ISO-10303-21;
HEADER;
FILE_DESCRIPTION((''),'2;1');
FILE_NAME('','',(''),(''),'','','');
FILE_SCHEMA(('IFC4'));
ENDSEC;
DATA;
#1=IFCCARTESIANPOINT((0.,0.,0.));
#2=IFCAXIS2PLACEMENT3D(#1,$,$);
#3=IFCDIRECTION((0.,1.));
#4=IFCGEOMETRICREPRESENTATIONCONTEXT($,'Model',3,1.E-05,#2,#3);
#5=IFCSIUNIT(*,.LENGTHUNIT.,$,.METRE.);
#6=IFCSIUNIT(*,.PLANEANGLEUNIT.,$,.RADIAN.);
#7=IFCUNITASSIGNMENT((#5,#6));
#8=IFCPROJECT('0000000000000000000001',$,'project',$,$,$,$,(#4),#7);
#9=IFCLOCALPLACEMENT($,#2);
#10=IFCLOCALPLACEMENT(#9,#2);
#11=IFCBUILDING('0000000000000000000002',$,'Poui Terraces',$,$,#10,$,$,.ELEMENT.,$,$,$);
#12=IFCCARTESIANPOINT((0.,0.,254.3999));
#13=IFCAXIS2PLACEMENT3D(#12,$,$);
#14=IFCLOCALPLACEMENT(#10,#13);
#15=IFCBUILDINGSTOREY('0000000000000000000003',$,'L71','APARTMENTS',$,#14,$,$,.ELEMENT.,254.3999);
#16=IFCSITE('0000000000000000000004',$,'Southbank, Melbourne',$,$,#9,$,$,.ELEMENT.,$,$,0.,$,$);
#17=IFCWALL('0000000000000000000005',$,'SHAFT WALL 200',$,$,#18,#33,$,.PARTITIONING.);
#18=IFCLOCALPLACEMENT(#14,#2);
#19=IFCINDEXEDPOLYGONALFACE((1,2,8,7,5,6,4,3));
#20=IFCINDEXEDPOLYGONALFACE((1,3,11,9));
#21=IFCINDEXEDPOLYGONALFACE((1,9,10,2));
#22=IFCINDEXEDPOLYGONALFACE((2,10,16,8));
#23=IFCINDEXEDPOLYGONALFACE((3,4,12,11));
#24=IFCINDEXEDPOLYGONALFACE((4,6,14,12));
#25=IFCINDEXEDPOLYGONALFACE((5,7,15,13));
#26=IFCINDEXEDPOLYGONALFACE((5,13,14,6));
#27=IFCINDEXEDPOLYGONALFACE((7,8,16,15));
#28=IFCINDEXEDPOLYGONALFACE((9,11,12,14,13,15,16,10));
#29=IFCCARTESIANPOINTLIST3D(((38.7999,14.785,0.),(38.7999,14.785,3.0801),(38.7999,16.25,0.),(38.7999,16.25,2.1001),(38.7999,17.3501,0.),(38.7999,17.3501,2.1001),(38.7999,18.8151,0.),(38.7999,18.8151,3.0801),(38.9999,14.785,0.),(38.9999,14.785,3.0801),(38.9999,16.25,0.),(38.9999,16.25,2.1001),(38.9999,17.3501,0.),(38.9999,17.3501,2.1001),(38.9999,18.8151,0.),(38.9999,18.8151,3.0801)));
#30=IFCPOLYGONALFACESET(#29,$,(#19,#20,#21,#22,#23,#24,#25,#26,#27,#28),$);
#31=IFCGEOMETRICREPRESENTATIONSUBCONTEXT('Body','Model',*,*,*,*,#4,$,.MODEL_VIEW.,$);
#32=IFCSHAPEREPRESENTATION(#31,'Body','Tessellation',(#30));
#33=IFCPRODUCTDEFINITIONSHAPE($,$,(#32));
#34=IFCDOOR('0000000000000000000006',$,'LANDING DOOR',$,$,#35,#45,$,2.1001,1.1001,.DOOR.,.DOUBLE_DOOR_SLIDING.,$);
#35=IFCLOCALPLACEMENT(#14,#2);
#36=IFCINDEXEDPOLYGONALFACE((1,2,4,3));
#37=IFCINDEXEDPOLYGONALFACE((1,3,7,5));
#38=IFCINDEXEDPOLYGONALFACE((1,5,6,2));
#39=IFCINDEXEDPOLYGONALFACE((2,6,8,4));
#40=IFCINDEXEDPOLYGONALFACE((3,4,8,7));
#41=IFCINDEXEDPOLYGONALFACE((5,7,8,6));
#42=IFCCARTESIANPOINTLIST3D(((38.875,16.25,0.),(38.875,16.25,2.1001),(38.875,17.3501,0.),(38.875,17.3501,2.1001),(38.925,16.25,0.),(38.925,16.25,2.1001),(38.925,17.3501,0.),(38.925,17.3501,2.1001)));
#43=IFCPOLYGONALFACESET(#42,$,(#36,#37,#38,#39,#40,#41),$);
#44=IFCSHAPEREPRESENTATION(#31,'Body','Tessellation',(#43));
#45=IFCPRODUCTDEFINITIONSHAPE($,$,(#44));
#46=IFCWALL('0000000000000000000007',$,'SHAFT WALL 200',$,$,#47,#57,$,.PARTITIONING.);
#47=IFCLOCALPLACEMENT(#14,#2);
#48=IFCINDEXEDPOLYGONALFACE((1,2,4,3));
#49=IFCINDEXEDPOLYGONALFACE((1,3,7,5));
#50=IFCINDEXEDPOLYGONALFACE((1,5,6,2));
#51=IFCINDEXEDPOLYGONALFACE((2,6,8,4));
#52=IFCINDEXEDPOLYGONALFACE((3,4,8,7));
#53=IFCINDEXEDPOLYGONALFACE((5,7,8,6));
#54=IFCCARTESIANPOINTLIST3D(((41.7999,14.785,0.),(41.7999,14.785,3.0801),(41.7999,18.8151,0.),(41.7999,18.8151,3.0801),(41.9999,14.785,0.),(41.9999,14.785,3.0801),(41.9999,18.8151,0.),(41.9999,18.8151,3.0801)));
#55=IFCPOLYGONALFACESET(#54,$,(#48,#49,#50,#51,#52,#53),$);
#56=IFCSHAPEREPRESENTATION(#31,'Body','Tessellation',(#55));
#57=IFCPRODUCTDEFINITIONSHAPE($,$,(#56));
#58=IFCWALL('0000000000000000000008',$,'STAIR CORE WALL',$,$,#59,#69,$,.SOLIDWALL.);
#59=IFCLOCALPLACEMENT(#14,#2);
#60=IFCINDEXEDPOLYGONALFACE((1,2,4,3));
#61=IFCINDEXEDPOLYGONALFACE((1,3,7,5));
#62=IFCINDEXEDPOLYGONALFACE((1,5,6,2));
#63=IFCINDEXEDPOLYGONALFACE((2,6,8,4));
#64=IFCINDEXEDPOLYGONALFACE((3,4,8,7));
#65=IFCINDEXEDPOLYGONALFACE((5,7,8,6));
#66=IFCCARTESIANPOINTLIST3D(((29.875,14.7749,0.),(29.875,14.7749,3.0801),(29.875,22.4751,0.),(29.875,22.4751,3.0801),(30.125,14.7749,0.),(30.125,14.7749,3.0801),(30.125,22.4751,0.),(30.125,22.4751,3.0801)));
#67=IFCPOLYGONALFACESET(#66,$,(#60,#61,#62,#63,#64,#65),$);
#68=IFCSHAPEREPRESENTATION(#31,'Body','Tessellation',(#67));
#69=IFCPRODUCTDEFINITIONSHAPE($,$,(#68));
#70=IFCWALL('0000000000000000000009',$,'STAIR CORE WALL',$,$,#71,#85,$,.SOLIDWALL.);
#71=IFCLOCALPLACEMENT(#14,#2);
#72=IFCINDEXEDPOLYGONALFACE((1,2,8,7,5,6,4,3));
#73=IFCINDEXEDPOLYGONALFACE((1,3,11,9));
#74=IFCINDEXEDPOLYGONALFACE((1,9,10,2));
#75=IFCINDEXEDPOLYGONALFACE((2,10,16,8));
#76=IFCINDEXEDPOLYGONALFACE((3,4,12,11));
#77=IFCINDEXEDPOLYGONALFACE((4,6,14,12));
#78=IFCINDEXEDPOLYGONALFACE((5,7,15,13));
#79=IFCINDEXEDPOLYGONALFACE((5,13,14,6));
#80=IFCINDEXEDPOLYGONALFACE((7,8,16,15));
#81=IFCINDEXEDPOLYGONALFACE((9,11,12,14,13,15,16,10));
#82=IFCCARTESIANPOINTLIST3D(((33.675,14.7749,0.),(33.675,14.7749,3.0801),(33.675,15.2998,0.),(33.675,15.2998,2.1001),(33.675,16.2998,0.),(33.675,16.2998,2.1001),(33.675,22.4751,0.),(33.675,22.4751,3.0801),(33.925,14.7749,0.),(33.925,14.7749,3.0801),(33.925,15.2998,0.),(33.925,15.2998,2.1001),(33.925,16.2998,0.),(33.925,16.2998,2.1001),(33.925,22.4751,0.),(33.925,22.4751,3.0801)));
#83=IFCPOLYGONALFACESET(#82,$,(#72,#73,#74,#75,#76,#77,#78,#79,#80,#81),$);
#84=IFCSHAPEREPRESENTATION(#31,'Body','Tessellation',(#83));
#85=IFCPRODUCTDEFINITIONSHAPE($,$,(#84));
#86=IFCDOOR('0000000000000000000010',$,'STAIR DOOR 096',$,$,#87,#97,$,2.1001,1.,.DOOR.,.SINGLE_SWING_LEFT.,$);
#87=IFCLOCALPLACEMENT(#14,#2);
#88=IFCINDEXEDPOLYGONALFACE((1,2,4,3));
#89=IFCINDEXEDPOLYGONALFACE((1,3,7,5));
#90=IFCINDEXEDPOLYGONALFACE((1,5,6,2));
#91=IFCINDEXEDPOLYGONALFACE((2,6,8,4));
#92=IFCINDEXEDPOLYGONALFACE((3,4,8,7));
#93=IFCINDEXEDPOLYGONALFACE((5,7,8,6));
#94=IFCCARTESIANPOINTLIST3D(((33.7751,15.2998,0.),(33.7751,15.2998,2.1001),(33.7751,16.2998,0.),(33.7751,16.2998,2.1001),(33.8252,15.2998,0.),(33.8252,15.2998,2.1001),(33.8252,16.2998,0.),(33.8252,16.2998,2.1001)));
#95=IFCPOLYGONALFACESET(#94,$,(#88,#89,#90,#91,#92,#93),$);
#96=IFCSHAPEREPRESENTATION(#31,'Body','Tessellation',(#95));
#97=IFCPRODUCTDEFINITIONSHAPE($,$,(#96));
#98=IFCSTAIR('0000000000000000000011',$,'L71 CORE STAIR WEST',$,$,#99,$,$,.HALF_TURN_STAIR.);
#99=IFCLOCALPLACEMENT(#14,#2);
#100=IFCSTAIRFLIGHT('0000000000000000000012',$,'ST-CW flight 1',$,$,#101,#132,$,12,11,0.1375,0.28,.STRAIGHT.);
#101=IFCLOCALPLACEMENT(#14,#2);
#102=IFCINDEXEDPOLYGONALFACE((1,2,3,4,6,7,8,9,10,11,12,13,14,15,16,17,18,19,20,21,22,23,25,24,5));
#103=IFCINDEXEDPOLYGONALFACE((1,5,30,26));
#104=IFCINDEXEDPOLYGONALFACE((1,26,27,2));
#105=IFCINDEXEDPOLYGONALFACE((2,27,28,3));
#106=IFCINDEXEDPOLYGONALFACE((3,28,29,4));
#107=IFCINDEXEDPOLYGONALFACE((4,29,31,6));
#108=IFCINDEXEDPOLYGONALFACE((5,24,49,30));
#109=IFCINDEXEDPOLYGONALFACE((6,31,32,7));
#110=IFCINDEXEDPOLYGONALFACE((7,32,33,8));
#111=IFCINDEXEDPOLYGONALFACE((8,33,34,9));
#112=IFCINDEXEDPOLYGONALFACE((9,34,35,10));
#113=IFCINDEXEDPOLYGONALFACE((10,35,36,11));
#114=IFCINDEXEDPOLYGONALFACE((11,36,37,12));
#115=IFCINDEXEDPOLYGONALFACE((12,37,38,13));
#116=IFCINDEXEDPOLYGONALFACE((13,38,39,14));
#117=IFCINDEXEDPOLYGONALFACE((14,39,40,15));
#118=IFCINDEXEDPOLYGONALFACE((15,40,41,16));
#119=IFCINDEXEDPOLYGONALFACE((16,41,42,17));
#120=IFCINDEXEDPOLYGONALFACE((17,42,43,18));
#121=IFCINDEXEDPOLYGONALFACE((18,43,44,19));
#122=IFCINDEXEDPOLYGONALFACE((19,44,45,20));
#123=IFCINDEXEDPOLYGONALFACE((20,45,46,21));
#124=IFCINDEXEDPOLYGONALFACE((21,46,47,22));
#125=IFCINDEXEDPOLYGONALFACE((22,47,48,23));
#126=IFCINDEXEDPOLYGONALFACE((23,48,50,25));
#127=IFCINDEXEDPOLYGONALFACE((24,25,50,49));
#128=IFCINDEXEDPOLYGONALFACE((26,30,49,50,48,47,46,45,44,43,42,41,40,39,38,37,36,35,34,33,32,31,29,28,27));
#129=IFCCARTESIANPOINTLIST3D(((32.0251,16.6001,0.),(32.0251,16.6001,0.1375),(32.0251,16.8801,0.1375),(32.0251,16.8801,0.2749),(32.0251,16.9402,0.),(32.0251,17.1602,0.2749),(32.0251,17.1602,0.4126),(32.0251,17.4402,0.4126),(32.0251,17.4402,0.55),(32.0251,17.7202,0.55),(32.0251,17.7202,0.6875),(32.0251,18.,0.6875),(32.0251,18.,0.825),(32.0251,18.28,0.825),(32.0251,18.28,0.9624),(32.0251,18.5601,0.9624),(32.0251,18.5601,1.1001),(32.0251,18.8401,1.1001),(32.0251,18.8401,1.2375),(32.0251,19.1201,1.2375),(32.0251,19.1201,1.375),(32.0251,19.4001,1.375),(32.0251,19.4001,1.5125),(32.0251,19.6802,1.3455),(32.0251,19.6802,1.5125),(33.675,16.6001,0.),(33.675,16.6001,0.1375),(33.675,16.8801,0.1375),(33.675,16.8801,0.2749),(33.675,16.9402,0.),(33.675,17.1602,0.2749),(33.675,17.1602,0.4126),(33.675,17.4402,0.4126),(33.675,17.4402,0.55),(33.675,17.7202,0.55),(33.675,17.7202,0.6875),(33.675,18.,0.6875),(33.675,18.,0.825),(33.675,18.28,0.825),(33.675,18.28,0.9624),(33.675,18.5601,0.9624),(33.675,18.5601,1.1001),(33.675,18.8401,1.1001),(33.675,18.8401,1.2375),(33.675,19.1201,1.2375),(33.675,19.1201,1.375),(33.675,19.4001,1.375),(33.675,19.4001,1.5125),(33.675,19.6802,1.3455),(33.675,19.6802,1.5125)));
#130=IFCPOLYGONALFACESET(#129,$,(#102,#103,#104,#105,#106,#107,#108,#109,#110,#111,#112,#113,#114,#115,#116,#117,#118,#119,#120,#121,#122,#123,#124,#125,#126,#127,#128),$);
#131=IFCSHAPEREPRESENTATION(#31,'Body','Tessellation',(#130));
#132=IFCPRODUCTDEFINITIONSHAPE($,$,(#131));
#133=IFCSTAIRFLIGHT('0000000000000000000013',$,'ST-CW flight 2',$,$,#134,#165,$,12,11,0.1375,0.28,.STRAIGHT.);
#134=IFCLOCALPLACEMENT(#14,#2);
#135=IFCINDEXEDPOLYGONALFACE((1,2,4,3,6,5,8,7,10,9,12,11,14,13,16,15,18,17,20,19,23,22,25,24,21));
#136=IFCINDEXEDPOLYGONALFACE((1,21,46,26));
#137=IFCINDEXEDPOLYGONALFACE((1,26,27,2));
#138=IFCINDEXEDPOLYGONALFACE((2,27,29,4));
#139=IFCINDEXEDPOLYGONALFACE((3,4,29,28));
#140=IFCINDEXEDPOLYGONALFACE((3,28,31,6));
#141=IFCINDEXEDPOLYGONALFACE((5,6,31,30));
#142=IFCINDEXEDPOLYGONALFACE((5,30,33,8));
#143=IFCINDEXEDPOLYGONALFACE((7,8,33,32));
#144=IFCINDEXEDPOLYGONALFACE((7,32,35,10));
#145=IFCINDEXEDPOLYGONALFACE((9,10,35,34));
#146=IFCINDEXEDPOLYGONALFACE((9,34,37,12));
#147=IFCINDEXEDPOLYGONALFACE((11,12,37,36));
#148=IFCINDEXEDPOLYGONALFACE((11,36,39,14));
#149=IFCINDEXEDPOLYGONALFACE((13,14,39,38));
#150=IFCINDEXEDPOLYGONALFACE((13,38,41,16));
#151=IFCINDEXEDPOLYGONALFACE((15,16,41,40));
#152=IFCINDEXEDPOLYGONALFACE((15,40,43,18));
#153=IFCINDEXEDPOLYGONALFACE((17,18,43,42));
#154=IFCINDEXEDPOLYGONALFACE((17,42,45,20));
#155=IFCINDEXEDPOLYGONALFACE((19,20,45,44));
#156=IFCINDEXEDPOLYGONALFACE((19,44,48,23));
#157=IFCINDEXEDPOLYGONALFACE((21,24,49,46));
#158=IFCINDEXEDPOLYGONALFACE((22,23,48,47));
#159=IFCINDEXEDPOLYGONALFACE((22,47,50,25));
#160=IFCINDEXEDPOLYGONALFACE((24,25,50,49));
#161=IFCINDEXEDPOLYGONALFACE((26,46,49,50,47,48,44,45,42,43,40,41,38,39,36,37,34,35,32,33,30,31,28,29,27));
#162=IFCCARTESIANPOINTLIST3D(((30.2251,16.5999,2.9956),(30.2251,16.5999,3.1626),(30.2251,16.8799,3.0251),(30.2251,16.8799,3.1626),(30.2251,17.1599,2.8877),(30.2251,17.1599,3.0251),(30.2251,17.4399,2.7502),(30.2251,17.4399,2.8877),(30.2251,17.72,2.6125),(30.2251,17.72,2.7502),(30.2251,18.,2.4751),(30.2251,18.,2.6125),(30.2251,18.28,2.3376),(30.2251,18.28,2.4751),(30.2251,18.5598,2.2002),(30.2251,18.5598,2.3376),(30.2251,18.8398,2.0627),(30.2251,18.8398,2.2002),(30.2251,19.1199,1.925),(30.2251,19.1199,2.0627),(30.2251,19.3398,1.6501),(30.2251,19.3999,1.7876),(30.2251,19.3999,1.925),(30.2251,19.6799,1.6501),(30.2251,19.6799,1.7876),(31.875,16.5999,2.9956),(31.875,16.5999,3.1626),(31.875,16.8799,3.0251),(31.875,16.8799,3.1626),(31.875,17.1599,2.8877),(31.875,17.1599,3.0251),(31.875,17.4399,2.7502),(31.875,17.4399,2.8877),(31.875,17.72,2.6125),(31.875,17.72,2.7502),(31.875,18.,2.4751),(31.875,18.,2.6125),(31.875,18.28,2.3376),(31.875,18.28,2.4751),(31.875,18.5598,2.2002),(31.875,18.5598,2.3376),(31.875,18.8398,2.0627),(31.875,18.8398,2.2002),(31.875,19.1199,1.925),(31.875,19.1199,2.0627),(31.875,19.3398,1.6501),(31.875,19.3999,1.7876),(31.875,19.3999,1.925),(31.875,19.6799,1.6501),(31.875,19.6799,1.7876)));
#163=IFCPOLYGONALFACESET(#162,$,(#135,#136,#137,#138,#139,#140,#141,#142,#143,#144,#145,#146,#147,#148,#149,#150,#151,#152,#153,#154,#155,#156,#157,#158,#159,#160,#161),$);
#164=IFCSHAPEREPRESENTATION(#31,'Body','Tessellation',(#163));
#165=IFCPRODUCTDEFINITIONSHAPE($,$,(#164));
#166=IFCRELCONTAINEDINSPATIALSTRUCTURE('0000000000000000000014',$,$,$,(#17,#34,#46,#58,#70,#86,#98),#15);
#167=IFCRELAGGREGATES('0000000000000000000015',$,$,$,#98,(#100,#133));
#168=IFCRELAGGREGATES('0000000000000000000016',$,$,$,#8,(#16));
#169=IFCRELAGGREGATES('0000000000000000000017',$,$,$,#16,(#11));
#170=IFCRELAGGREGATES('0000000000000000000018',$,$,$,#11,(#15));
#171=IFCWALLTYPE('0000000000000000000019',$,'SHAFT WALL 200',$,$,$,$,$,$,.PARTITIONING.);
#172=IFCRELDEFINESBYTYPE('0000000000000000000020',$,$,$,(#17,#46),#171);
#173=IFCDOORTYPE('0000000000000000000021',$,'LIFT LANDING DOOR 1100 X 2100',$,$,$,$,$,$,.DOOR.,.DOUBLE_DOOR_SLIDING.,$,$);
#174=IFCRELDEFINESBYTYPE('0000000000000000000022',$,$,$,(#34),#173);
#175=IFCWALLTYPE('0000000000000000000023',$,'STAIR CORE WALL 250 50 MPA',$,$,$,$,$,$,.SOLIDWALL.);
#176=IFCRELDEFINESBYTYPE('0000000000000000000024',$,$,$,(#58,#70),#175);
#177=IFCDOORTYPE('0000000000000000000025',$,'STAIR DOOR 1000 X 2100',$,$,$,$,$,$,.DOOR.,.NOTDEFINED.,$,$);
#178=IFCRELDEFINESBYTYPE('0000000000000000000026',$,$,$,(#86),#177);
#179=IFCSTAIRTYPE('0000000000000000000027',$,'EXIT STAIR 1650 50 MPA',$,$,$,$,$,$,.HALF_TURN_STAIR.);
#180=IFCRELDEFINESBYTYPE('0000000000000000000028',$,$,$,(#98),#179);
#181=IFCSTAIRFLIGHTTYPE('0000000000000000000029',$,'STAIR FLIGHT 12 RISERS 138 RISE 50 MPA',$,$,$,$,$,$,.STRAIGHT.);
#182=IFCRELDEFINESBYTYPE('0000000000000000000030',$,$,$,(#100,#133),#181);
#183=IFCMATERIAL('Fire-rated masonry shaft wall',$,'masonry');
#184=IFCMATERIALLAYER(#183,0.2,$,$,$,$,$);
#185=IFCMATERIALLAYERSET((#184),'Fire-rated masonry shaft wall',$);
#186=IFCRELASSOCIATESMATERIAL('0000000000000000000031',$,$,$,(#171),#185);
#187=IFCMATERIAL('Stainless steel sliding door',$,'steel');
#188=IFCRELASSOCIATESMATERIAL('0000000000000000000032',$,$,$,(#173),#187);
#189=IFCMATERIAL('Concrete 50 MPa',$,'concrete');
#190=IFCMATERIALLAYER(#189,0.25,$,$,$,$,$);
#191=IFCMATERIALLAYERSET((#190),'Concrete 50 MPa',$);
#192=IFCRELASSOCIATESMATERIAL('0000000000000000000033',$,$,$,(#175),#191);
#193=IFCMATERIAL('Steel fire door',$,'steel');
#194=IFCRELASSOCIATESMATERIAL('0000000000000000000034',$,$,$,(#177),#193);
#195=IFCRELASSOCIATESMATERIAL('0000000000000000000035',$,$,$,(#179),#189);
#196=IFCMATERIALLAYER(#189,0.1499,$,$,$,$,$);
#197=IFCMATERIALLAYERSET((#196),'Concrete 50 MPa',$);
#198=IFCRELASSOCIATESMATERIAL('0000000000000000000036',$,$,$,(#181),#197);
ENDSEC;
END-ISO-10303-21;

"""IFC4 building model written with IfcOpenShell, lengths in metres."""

from ifc_helpers import new_model, si_unit, direction, frame, frame_2d, origin, place, context, subcontext, project, spatial, polyline, rectangle, outline, extrude, material, layer, layer_set, type_object, element, fill, aggregate, save


model = new_model("IFC4")

# Units and contexts
model_context = context("Model", 3, precision=1e-05, world=origin(), true_north=direction((0.0, 1.0)))
body_context = subcontext(model_context, "Body", "Model", "MODEL_VIEW")
ifc_project = project(units=[si_unit("LENGTHUNIT", "METRE"), si_unit("PLANEANGLEUNIT", "RADIAN")], contexts=[model_context])

# Site, building, storey
site_placement = place(None, origin())
site = spatial("IfcSite", under=ifc_project, at=site_placement, Name="Southbank, Melbourne", CompositionType="ELEMENT", RefElevation=0.0)
building_placement = place(site_placement, origin())
building = spatial("IfcBuilding", under=site, at=building_placement, Name="Poui Terraces", CompositionType="ELEMENT")
storey_placement = place(building_placement, frame((0.0, 0.0, 254.3999)))
storey = spatial("IfcBuildingStorey", under=building, at=storey_placement, Name="L71", Description="APARTMENTS", CompositionType="ELEMENT", Elevation=254.3999)

# Shared definitions
ifc_material_1 = material(Name="Concrete 50 MPa", Category="concrete")

# Shared definitions
ifc_material_2 = material(Name="Steel fire door", Category="steel")

# Wall, opening, door
ifc_material_3 = material(Name="Fire-rated masonry shaft wall", Category="masonry")
ifc_layer_1 = layer(ifc_material_3, 0.2)
ifc_layer_set_1 = layer_set([ifc_layer_1], Name="Fire-rated masonry shaft wall")
wall_type_1 = type_object("IfcWallType", Name="SHAFT WALL 200", PredefinedType="PARTITIONING", material=ifc_layer_set_1)
wall_1_placement = place(storey_placement, frame((38.8999, 14.7849, 0.0), z_axis=(0.0, 0.0, 1.0), x_axis=(0.0, 1.0, 0.0)))
wall_1 = element("IfcWall", 1, at=wall_1_placement, inside=storey, type_object=wall_type_1, Name="SHAFT WALL 200", PredefinedType="PARTITIONING", context=body_context, shape_type="SweptSolid", body=[
    extrude(rectangle(XDim=4.03, YDim=0.2, at=frame_2d((2.0151, 0.0))), origin(), (0.0, 0.0, 1.0), 3.0801),
])
opening_1_placement = place(wall_1_placement, frame((1.4651, 0.0, 0.0)))
opening_1 = element("IfcOpeningElement", 2, at=opening_1_placement, cuts=wall_1, PredefinedType="OPENING", context=body_context, shape_type="SweptSolid", body=[
    extrude(rectangle(XDim=1.1001, YDim=2.1001, at=frame_2d((0.55, 1.05))), frame((0.0, 0.1099, 0.0), z_axis=(0.0, -1.0, 0.0), x_axis=(1.0, 0.0, 0.0)), (0.0, 0.0, 1.0), 0.22),
])
ifc_material_4 = material(Name="Stainless steel sliding door", Category="steel")
door_type_1 = type_object("IfcDoorType", Name="LIFT LANDING DOOR 1100 X 2100", OperationType="DOUBLE_DOOR_SLIDING", PredefinedType="DOOR", material=ifc_material_4)
door_1_placement = place(opening_1_placement, origin())
door_1 = element("IfcDoor", 3, at=door_1_placement, inside=storey, type_object=door_type_1, Name="LANDING DOOR", OperationType="DOUBLE_DOOR_SLIDING", OverallHeight=2.1001, OverallWidth=1.1001, PredefinedType="DOOR", context=body_context, shape_type="SweptSolid", body=[
    extrude(rectangle(XDim=1.1001, YDim=2.1001, at=frame_2d((0.55, 1.05))), frame((0.0, 0.0249, 0.0), z_axis=(0.0, -1.0, 0.0), x_axis=(1.0, 0.0, 0.0)), (0.0, 0.0, 1.0), 0.05),
])
fill(opening_1, door_1)

# Walls
wall_2_placement = place(storey_placement, frame((41.8999, 14.7849, 0.0), z_axis=(0.0, 0.0, 1.0), x_axis=(0.0, 1.0, 0.0)))
element("IfcWall", 4, at=wall_2_placement, inside=storey, type_object=wall_type_1, Name="SHAFT WALL 200", PredefinedType="PARTITIONING", context=body_context, shape_type="SweptSolid", body=[
    extrude(rectangle(XDim=4.03, YDim=0.2, at=frame_2d((2.0151, 0.0))), origin(), (0.0, 0.0, 1.0), 3.0801),
])
ifc_layer_2 = layer(ifc_material_1, 0.25)
ifc_layer_set_2 = layer_set([ifc_layer_2], Name="Concrete 50 MPa")
wall_type_2 = type_object("IfcWallType", Name="STAIR CORE WALL 250 50 MPA", PredefinedType="SOLIDWALL", material=ifc_layer_set_2)
wall_3_placement = place(storey_placement, frame((30.0, 14.7749, 0.0), z_axis=(0.0, 0.0, 1.0), x_axis=(0.0, 1.0, 0.0)))
element("IfcWall", 5, at=wall_3_placement, inside=storey, type_object=wall_type_2, Name="STAIR CORE WALL", PredefinedType="SOLIDWALL", context=body_context, shape_type="SweptSolid", body=[
    extrude(rectangle(XDim=7.7002, YDim=0.25, at=frame_2d((3.8501, 0.0))), origin(), (0.0, 0.0, 1.0), 3.0801),
])

# Wall, opening, door
wall_4_placement = place(storey_placement, frame((33.8, 14.7749, 0.0), z_axis=(0.0, 0.0, 1.0), x_axis=(0.0, 1.0, 0.0)))
wall_4 = element("IfcWall", 6, at=wall_4_placement, inside=storey, type_object=wall_type_2, Name="STAIR CORE WALL", PredefinedType="SOLIDWALL", context=body_context, shape_type="SweptSolid", body=[
    extrude(rectangle(XDim=7.7002, YDim=0.25, at=frame_2d((3.8501, 0.0))), origin(), (0.0, 0.0, 1.0), 3.0801),
])
opening_2_placement = place(wall_4_placement, frame((0.5249, 0.0, 0.0)))
opening_2 = element("IfcOpeningElement", 7, at=opening_2_placement, cuts=wall_4, PredefinedType="OPENING", context=body_context, shape_type="SweptSolid", body=[
    extrude(rectangle(XDim=1.0, YDim=2.1001, at=frame_2d((0.5, 1.05))), frame((0.0, 0.135, 0.0), z_axis=(0.0, -1.0, 0.0), x_axis=(1.0, 0.0, 0.0)), (0.0, 0.0, 1.0), 0.27),
])
door_type_2 = type_object("IfcDoorType", Name="STAIR DOOR 1000 X 2100", OperationType="NOTDEFINED", PredefinedType="DOOR", material=ifc_material_2)
door_2_placement = place(opening_2_placement, origin())
door_2 = element("IfcDoor", 8, at=door_2_placement, inside=storey, type_object=door_type_2, Name="STAIR DOOR 096", OperationType="SINGLE_SWING_LEFT", OverallHeight=2.1001, OverallWidth=1.0, PredefinedType="DOOR", context=body_context, shape_type="SweptSolid", body=[
    extrude(rectangle(XDim=1.0, YDim=2.1001, at=frame_2d((0.5, 1.05))), frame((0.0, 0.0249, 0.0), z_axis=(0.0, -1.0, 0.0), x_axis=(1.0, 0.0, 0.0)), (0.0, 0.0, 1.0), 0.05),
])
fill(opening_2, door_2)

# Stair, stair flights
stair_type = type_object("IfcStairType", Name="EXIT STAIR 1650 50 MPA", PredefinedType="HALF_TURN_STAIR", material=ifc_material_1)
stair_placement = place(storey_placement, origin())
stair = element("IfcStair", 9, at=stair_placement, inside=storey, type_object=stair_type, Name="L71 CORE STAIR WEST", PredefinedType="HALF_TURN_STAIR")
ifc_layer_3 = layer(ifc_material_1, 0.1499)
ifc_layer_set_3 = layer_set([ifc_layer_3], Name="Concrete 50 MPa")
stair_flight_type = type_object("IfcStairFlightType", Name="STAIR FLIGHT 12 RISERS 138 RISE 50 MPA", PredefinedType="STRAIGHT", material=ifc_layer_set_3)
stair_flight_1_placement = place(storey_placement, frame((32.8501, 16.6001, 0.0), z_axis=(0.0, 0.0, 1.0), x_axis=(0.0, 1.0, 0.0)))
stair_flight_1 = element("IfcStairFlight", 10, at=stair_flight_1_placement, type_object=stair_flight_type, Name="ST-CW flight 1", NumberOfRisers=12, NumberOfTreads=11, PredefinedType="STRAIGHT", RiserHeight=0.1375, TreadLength=0.28, context=body_context, shape_type="SweptSolid", body=[
    extrude(outline(polyline([(0.0, 0.0), (0.0, 0.1375), (0.28, 0.1375), (0.28, 0.2749), (0.5601, 0.2749), (0.5601, 0.4126), (0.8401, 0.4126), (0.8401, 0.55), (1.1201, 0.55), (1.1201, 0.6875), (1.3999, 0.6875), (1.3999, 0.825), (1.6799, 0.825), (1.6799, 0.9624), (1.96, 0.9624), (1.96, 1.1001), (2.24, 1.1001), (2.24, 1.2375), (2.52, 1.2375), (2.52, 1.375), (2.8, 1.375), (2.8, 1.5125), (3.0801, 1.5125), (3.0801, 1.6499), (3.0801, 1.3455), (0.3401, 0.0), (0.0, 0.0)])), frame((0.0, 0.825, 0.0), z_axis=(0.0, -1.0, 0.0), x_axis=(1.0, 0.0, 0.0)), (0.0, 0.0, 1.0), 1.6499),
])
stair_flight_2_placement = place(storey_placement, frame((31.05, 19.6799, 1.6501), z_axis=(0.0, 0.0, 1.0), x_axis=(0.0, -1.0, 0.0)))
stair_flight_2 = element("IfcStairFlight", 11, at=stair_flight_2_placement, type_object=stair_flight_type, Name="ST-CW flight 2", NumberOfRisers=12, NumberOfTreads=11, PredefinedType="STRAIGHT", RiserHeight=0.1375, TreadLength=0.28, context=body_context, shape_type="SweptSolid", body=[
    extrude(outline(polyline([(0.0, 0.0), (0.0, 0.1375), (0.28, 0.1375), (0.28, 0.2749), (0.5601, 0.2749), (0.5601, 0.4126), (0.8401, 0.4126), (0.8401, 0.55), (1.1201, 0.55), (1.1201, 0.6875), (1.3999, 0.6875), (1.3999, 0.825), (1.6799, 0.825), (1.6799, 0.9624), (1.96, 0.9624), (1.96, 1.1001), (2.24, 1.1001), (2.24, 1.2375), (2.52, 1.2375), (2.52, 1.375), (2.8, 1.375), (2.8, 1.5125), (3.0801, 1.5125), (3.0801, 1.6499), (3.0801, 1.3455), (0.3401, 0.0), (0.0, 0.0)])), frame((0.0, 0.825, 0.0), z_axis=(0.0, -1.0, 0.0), x_axis=(1.0, 0.0, 0.0)), (0.0, 0.0, 1.0), 1.6499),
])
aggregate(stair, [stair_flight_1, stair_flight_2])

save(model, "model.ifc")
